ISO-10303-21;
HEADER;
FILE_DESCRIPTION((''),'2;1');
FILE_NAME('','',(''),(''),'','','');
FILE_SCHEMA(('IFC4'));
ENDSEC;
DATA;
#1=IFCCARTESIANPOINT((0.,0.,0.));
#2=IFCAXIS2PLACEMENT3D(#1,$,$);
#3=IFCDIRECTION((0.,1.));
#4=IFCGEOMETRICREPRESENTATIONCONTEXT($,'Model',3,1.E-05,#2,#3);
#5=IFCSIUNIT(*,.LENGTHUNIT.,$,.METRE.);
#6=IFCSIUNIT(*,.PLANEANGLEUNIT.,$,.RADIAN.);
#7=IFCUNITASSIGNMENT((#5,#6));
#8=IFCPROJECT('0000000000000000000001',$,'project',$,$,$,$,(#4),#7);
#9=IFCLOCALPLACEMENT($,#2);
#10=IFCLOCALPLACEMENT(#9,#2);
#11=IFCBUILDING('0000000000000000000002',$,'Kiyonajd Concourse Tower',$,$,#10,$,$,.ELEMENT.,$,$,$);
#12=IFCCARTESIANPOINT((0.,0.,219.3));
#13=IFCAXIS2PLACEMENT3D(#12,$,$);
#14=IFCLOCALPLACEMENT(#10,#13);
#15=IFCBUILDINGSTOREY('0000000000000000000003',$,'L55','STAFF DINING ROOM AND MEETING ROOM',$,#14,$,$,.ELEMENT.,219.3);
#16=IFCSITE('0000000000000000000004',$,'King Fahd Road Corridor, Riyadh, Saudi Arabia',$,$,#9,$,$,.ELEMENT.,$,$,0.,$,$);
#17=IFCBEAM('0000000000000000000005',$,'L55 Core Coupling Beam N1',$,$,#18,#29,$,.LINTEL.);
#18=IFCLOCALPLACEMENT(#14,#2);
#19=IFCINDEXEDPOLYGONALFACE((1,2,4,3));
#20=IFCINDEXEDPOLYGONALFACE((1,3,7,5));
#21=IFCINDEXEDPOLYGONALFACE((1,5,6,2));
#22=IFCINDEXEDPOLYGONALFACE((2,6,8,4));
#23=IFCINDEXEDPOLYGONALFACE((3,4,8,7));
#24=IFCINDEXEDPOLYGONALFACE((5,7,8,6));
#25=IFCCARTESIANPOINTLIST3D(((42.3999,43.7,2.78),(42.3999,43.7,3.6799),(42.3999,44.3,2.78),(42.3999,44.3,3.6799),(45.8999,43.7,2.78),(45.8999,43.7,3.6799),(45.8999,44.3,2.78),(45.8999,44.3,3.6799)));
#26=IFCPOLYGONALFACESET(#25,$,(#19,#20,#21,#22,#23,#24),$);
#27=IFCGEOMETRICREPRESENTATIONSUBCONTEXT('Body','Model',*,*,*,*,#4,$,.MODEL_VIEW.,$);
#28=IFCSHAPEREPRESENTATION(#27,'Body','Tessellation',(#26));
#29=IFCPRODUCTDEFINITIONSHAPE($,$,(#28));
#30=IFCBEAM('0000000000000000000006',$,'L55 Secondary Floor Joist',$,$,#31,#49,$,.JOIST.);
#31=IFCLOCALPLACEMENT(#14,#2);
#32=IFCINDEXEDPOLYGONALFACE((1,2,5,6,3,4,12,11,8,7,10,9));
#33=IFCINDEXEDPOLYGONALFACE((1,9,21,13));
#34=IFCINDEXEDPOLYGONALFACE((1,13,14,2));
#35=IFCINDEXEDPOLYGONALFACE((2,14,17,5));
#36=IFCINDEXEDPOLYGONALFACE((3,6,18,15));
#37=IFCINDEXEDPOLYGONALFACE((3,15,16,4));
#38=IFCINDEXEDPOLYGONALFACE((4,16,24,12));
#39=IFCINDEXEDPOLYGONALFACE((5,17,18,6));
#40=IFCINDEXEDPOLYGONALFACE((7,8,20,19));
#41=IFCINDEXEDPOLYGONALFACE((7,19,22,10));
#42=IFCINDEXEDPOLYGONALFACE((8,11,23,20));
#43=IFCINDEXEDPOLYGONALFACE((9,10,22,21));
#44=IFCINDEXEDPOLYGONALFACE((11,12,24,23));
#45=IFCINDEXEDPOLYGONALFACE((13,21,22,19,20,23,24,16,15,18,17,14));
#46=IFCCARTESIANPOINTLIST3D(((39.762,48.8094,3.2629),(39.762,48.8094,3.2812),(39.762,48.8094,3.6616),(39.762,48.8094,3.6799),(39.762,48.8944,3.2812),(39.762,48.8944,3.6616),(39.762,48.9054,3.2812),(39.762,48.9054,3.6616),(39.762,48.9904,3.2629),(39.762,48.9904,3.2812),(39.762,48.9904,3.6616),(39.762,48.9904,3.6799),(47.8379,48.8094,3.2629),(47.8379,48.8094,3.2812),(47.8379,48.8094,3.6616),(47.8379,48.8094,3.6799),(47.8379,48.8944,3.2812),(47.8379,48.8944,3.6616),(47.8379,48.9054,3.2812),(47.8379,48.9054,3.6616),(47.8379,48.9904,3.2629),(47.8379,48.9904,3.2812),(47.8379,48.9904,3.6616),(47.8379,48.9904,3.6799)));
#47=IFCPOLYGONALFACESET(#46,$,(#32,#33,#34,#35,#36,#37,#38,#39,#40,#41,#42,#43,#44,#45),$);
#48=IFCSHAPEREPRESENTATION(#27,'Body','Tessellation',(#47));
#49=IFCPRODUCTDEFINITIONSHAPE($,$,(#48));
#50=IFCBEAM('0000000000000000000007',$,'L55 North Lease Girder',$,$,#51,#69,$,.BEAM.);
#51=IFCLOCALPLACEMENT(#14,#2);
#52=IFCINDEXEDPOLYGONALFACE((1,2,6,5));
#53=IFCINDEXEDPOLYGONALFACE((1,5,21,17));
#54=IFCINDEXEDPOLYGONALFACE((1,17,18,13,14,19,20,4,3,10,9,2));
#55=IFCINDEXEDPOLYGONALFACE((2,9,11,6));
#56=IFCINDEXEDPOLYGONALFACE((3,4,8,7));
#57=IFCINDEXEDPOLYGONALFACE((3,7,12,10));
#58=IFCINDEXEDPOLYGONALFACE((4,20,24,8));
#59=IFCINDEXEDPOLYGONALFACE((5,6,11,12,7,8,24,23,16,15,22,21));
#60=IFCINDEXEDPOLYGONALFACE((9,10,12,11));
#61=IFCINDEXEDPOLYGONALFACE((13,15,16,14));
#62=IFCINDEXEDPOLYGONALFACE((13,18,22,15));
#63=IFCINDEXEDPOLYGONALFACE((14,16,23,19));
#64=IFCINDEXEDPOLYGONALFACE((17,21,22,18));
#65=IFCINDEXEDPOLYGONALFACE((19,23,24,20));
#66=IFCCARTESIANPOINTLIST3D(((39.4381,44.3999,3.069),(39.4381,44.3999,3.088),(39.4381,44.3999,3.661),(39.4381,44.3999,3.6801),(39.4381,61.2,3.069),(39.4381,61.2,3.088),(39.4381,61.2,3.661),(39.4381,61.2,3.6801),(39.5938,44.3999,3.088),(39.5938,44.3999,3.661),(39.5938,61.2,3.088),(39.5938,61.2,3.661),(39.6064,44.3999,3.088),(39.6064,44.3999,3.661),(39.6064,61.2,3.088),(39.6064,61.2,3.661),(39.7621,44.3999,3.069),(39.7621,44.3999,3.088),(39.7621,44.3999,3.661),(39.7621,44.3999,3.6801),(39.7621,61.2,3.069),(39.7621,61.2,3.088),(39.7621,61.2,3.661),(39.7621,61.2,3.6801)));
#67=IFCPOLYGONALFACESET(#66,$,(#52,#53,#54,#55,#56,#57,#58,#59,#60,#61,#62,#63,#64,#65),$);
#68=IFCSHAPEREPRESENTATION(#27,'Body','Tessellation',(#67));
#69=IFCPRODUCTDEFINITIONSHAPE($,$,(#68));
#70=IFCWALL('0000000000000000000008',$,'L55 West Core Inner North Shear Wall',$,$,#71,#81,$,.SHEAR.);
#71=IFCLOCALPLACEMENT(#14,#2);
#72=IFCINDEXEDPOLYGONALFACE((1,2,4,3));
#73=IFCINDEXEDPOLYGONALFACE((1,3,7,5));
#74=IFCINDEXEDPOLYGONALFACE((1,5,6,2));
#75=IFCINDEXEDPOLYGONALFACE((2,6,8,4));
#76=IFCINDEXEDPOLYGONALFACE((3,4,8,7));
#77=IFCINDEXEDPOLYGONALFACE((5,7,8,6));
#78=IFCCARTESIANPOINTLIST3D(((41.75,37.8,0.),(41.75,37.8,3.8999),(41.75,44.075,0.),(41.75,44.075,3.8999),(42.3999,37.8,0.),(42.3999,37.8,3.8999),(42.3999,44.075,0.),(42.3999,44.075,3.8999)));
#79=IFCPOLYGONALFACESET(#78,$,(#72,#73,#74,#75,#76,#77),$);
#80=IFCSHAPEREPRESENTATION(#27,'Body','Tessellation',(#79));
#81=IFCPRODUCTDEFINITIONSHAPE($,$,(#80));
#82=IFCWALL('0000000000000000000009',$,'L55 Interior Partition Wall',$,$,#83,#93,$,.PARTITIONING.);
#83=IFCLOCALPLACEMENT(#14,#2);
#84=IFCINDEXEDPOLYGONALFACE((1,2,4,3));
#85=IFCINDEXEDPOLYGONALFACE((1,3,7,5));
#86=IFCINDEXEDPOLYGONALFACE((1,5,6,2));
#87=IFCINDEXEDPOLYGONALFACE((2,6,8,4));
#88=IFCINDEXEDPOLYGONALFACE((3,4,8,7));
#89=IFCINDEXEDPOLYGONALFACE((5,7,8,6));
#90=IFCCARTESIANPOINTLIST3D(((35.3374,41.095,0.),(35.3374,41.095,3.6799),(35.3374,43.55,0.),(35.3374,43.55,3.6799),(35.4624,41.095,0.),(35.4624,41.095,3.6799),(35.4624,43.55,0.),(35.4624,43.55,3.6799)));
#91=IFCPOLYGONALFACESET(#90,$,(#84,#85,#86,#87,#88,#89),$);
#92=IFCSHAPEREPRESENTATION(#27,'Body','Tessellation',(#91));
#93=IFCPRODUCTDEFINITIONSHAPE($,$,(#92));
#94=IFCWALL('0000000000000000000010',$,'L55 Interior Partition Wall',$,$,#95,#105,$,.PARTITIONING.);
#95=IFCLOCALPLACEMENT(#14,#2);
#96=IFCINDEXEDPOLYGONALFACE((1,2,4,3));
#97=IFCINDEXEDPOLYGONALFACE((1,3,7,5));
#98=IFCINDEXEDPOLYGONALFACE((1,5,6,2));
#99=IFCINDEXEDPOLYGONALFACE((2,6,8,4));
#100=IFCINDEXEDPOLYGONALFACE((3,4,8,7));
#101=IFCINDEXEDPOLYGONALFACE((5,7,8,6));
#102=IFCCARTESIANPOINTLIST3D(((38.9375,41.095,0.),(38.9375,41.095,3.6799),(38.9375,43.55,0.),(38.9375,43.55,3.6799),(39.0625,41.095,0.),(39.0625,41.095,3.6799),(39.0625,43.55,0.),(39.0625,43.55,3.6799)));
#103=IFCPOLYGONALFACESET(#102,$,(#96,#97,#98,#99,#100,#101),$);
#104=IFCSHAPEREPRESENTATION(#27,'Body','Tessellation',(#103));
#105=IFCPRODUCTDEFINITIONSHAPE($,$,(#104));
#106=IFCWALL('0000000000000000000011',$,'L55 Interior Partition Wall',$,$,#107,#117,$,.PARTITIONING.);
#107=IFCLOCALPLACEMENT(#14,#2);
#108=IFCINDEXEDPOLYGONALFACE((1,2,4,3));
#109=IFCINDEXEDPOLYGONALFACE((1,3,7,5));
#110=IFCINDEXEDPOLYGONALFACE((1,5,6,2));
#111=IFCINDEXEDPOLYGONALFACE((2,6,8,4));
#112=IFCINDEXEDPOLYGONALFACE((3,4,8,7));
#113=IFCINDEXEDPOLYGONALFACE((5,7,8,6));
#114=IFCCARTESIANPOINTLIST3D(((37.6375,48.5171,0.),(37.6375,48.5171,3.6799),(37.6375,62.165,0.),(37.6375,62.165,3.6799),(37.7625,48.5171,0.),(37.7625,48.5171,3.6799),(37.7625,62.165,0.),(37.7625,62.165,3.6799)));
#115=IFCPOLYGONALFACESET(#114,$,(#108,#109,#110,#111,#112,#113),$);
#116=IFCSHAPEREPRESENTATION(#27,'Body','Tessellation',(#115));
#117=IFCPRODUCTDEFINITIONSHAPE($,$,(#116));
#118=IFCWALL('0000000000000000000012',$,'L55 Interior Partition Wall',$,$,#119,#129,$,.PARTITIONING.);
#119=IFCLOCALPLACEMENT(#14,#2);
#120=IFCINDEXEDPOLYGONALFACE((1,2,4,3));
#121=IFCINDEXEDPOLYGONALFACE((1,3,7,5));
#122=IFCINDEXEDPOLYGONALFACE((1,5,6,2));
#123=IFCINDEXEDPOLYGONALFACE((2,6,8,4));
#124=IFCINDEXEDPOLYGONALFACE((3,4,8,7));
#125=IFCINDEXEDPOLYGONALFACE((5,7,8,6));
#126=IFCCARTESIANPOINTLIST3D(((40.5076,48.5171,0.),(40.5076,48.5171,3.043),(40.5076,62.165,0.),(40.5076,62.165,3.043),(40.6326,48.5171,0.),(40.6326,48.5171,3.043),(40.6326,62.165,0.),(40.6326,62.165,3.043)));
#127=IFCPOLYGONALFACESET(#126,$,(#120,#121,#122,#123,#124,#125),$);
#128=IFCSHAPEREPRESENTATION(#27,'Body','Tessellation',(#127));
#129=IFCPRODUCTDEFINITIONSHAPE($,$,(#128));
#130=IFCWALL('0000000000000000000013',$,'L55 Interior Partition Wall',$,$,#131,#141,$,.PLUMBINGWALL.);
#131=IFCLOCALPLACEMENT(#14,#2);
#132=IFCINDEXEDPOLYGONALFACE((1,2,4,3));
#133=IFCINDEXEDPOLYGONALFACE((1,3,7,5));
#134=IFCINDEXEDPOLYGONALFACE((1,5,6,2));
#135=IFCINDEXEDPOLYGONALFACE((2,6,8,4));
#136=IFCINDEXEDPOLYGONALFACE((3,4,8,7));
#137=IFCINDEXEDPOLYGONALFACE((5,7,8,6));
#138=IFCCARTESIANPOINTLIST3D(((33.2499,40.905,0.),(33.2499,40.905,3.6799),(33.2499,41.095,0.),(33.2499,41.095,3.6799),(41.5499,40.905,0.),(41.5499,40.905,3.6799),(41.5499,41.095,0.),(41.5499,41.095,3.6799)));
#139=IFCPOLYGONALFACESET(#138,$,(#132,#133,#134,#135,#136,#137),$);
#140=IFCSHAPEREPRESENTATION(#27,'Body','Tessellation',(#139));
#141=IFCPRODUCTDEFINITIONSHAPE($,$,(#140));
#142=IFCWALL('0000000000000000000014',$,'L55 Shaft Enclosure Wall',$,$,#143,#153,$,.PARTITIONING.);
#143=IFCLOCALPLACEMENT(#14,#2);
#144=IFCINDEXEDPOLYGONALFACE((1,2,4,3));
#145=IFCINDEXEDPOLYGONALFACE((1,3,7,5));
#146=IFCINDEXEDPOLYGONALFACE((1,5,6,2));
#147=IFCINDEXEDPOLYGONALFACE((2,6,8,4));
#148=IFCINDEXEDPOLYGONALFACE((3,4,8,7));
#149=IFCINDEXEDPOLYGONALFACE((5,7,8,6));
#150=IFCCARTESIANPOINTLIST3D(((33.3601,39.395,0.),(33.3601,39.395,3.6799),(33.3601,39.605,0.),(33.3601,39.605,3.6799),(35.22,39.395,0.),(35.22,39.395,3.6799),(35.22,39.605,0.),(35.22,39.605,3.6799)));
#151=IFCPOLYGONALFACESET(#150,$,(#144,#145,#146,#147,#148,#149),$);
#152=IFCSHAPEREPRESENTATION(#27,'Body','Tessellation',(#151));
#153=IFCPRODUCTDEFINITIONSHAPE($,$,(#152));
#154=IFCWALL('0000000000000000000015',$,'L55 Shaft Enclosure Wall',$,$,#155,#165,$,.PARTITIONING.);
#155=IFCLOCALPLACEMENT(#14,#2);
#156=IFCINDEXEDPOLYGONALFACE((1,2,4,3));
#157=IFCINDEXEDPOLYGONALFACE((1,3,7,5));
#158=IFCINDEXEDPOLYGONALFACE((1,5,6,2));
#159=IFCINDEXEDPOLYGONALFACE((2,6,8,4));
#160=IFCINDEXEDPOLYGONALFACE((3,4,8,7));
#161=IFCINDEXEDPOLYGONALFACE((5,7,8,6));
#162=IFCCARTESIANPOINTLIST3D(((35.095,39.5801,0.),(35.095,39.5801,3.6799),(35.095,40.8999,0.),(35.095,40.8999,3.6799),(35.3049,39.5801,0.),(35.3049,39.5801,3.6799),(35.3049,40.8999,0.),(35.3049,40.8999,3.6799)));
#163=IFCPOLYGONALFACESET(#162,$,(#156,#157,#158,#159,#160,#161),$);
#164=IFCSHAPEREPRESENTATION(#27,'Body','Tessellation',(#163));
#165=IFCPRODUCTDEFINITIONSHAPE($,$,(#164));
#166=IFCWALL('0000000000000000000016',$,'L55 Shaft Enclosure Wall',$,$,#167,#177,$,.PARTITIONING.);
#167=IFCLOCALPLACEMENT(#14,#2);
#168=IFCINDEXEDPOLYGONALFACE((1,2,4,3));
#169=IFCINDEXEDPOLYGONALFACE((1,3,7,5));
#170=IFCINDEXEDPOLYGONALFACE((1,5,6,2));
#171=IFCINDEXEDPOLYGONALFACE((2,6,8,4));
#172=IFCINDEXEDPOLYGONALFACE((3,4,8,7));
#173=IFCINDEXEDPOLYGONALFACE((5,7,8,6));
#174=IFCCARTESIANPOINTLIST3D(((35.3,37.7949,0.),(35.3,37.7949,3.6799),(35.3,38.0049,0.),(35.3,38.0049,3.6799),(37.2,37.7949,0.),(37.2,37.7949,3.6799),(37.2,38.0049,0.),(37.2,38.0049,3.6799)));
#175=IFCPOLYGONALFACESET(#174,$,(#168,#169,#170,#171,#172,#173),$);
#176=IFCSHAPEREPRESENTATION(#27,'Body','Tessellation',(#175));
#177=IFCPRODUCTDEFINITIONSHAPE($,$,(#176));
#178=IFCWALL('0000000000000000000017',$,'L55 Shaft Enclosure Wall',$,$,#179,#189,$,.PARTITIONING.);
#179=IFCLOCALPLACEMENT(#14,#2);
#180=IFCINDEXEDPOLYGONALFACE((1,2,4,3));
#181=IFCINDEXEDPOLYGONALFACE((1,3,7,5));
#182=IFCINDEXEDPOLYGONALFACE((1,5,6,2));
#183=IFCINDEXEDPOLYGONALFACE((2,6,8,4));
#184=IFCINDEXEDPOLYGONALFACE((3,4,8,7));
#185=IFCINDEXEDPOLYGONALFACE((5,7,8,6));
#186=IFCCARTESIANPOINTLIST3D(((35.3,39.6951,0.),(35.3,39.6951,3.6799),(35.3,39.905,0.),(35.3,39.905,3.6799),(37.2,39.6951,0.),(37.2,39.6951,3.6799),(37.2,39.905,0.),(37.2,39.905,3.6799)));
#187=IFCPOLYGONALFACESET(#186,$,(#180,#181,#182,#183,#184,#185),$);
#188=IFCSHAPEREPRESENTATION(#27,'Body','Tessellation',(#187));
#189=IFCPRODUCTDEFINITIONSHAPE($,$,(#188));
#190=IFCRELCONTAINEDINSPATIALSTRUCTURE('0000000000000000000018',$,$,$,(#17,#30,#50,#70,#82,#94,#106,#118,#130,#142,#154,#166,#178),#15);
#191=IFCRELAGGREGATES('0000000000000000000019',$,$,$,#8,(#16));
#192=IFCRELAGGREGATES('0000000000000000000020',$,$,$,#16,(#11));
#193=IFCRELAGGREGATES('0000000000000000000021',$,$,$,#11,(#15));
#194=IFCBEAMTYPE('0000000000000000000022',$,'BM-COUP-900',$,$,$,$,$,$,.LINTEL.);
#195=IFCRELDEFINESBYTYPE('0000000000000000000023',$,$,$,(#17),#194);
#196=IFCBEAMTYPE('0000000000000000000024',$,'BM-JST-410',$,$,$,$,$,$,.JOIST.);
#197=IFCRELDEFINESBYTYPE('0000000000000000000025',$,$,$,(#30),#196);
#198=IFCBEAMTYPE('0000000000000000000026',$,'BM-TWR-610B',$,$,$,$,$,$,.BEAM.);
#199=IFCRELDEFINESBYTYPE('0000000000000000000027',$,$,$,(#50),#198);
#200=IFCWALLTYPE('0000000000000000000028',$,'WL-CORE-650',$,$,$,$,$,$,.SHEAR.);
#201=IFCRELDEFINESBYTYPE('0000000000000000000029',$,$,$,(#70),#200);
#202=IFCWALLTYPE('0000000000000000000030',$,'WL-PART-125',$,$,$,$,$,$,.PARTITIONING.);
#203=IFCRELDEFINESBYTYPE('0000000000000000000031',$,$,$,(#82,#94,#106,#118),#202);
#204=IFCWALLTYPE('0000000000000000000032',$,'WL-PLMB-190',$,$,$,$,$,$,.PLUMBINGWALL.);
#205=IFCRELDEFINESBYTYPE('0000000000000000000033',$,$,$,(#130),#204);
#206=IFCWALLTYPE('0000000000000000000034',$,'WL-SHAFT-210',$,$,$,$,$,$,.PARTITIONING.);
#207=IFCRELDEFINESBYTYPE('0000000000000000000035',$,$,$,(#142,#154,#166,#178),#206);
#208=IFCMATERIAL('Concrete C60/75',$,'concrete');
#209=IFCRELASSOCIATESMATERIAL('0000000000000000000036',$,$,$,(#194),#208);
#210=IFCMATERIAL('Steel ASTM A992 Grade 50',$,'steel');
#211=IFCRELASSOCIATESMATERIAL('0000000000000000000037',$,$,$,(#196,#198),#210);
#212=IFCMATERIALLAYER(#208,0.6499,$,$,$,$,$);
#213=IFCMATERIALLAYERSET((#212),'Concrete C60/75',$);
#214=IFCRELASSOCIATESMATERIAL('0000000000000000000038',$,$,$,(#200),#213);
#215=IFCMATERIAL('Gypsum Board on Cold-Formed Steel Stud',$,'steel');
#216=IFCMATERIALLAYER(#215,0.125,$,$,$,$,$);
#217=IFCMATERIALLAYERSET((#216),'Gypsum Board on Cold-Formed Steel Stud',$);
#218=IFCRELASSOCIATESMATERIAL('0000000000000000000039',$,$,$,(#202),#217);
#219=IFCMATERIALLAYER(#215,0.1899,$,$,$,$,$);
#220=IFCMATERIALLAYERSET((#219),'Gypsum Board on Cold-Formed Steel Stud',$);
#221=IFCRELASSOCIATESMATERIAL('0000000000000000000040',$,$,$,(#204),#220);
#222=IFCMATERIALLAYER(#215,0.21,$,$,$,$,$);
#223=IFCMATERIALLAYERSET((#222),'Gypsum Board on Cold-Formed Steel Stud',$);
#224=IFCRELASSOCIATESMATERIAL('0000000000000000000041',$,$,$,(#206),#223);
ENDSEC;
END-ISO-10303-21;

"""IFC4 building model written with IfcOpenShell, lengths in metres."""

from ifc_helpers import new_model, si_unit, direction, frame, frame_2d, origin, origin_2d, place, context, subcontext, project, spatial, rectangle, i_section, extrude, material, layer, layer_set, material_profile, profile_set, type_object, element, save


model = new_model("IFC4")

# Units and contexts
model_context = context("Model", 3, precision=1e-05, world=origin(), true_north=direction((0.0, 1.0)))
body_context = subcontext(model_context, "Body", "Model", "MODEL_VIEW")
ifc_project = project(units=[si_unit("LENGTHUNIT", "METRE"), si_unit("PLANEANGLEUNIT", "RADIAN")], contexts=[model_context])

# Site, building, storey
site_placement = place(None, origin())
site = spatial("IfcSite", under=ifc_project, at=site_placement, Name="King Fahd Road Corridor, Riyadh, Saudi Arabia", CompositionType="ELEMENT", RefElevation=0.0)
building_placement = place(site_placement, origin())
building = spatial("IfcBuilding", under=site, at=building_placement, Name="Kiyonajd Concourse Tower", CompositionType="ELEMENT")
storey_placement = place(building_placement, frame((0.0, 0.0, 219.3)))
storey = spatial("IfcBuildingStorey", under=building, at=storey_placement, Name="L55", Description="STAFF DINING ROOM AND MEETING ROOM", CompositionType="ELEMENT", Elevation=219.3)

# Beams
ifc_material_1 = material(Name="Concrete C60/75", Category="concrete")
ifc_material_profile_1 = material_profile(ifc_material_1, rectangle(XDim=0.6001, YDim=0.8999, at=origin_2d()), Name="RCBM-600x900")
ifc_profile_set_1 = profile_set([ifc_material_profile_1], Name="Concrete C60/75")
beam_type_1 = type_object("IfcBeamType", Name="BM-COUP-900", PredefinedType="LINTEL", material=ifc_profile_set_1)
beam_1_placement = place(storey_placement, frame((42.3999, 44.0, 3.23), z_axis=(1.0, 0.0, 0.0), x_axis=(0.0, 1.0, 0.0)))
element("IfcBeam", 1, at=beam_1_placement, inside=storey, type_object=beam_type_1, Name="L55 Core Coupling Beam N1", PredefinedType="LINTEL", context=body_context, shape_type="SweptSolid", body=[
    extrude(rectangle(XDim=0.6001, YDim=0.8999, at=origin_2d()), origin(), (0.0, 0.0, 1.0), 3.5),
])
ifc_material_2 = material(Name="Steel ASTM A992 Grade 50", Category="steel")
ifc_material_profile_2 = material_profile(ifc_material_2, i_section(OverallWidth=0.1809, OverallDepth=0.417, WebThickness=0.011, FlangeThickness=0.0183, at=origin_2d()), Name="W410X85")
ifc_profile_set_2 = profile_set([ifc_material_profile_2], Name="Steel ASTM A992 Grade 50")
beam_type_2 = type_object("IfcBeamType", Name="BM-JST-410", PredefinedType="JOIST", material=ifc_profile_set_2)
beam_2_placement = place(storey_placement, frame((39.762, 48.8999, 3.4714), z_axis=(1.0, 0.0, 0.0), x_axis=(0.0, 1.0, 0.0)))
element("IfcBeam", 2, at=beam_2_placement, inside=storey, type_object=beam_type_2, Name="L55 Secondary Floor Joist", PredefinedType="JOIST", context=body_context, shape_type="SweptSolid", body=[
    extrude(i_section(OverallWidth=0.1809, OverallDepth=0.417, WebThickness=0.011, FlangeThickness=0.0183, at=origin_2d()), origin(), (0.0, 0.0, 1.0), 8.0759),
])
ifc_material_profile_3 = material_profile(ifc_material_2, i_section(OverallWidth=0.324, OverallDepth=0.6111, WebThickness=0.0127, FlangeThickness=0.019, at=origin_2d()), Name="W610X155")
ifc_profile_set_3 = profile_set([ifc_material_profile_3], Name="Steel ASTM A992 Grade 50")
beam_type_3 = type_object("IfcBeamType", Name="BM-TWR-610B", PredefinedType="BEAM", material=ifc_profile_set_3)
beam_3_placement = place(storey_placement, frame((39.6001, 44.3999, 3.3745), z_axis=(0.0, 1.0, 0.0), x_axis=(-1.0, 0.0, 0.0)))
element("IfcBeam", 3, at=beam_3_placement, inside=storey, type_object=beam_type_3, Name="L55 North Lease Girder", PredefinedType="BEAM", context=body_context, shape_type="SweptSolid", body=[
    extrude(i_section(OverallWidth=0.324, OverallDepth=0.6111, WebThickness=0.0127, FlangeThickness=0.019, at=origin_2d()), origin(), (0.0, 0.0, 1.0), 16.8),
])

# Walls
ifc_layer_1 = layer(ifc_material_1, 0.6499)
ifc_layer_set_1 = layer_set([ifc_layer_1], Name="Concrete C60/75")
wall_type_1 = type_object("IfcWallType", Name="WL-CORE-650", PredefinedType="SHEAR", material=ifc_layer_set_1)
wall_1_placement = place(storey_placement, frame((42.075, 37.8, 0.0), z_axis=(0.0, 0.0, 1.0), x_axis=(0.0, 1.0, 0.0)))
element("IfcWall", 4, at=wall_1_placement, inside=storey, type_object=wall_type_1, Name="L55 West Core Inner North Shear Wall", PredefinedType="SHEAR", context=body_context, shape_type="SweptSolid", body=[
    extrude(rectangle(XDim=6.2749, YDim=0.6499, at=frame_2d((3.1375, 0.0))), origin(), (0.0, 0.0, 1.0), 3.8999),
])
ifc_material_3 = material(Name="Gypsum Board on Cold-Formed Steel Stud", Category="steel")
ifc_layer_2 = layer(ifc_material_3, 0.125)
ifc_layer_set_2 = layer_set([ifc_layer_2], Name="Gypsum Board on Cold-Formed Steel Stud")
wall_type_2 = type_object("IfcWallType", Name="WL-PART-125", PredefinedType="PARTITIONING", material=ifc_layer_set_2)
for number, where, z_axis, x_axis, name in (
    (5, (35.3999, 41.095, 0.0), (0.0, 0.0, 1.0), (0.0, 1.0, 0.0), "L55 Interior Partition Wall"),
    (6, (39.0, 41.095, 0.0), (0.0, 0.0, 1.0), (0.0, 1.0, 0.0), "L55 Interior Partition Wall"),
):
    element("IfcWall", number, at=place(storey_placement, frame(where, z_axis=z_axis, x_axis=x_axis)), inside=storey, type_object=wall_type_2, Name=name, PredefinedType="PARTITIONING", context=body_context, shape_type="SweptSolid", body=[
        extrude(rectangle(XDim=2.4551, YDim=0.125, at=frame_2d((1.2275, 0.0))), origin(), (0.0, 0.0, 1.0), 3.6799),
    ])
wall_2_placement = place(storey_placement, frame((37.7, 48.5171, 0.0), z_axis=(0.0, 0.0, 1.0), x_axis=(0.0, 1.0, 0.0)))
element("IfcWall", 7, at=wall_2_placement, inside=storey, type_object=wall_type_2, Name="L55 Interior Partition Wall", PredefinedType="PARTITIONING", context=body_context, shape_type="SweptSolid", body=[
    extrude(rectangle(XDim=13.6479, YDim=0.125, at=frame_2d((6.824, 0.0))), origin(), (0.0, 0.0, 1.0), 3.6799),
])
wall_3_placement = place(storey_placement, frame((40.5701, 48.5171, 0.0), z_axis=(0.0, 0.0, 1.0), x_axis=(0.0, 1.0, 0.0)))
element("IfcWall", 8, at=wall_3_placement, inside=storey, type_object=wall_type_2, Name="L55 Interior Partition Wall", PredefinedType="PARTITIONING", context=body_context, shape_type="SweptSolid", body=[
    extrude(rectangle(XDim=13.6479, YDim=0.125, at=frame_2d((6.824, 0.0))), origin(), (0.0, 0.0, 1.0), 3.043),
])
ifc_layer_3 = layer(ifc_material_3, 0.1899)
ifc_layer_set_3 = layer_set([ifc_layer_3], Name="Gypsum Board on Cold-Formed Steel Stud")
wall_type_3 = type_object("IfcWallType", Name="WL-PLMB-190", PredefinedType="PLUMBINGWALL", material=ifc_layer_set_3)
wall_4_placement = place(storey_placement, frame((33.25, 41.0, 0.0), z_axis=(0.0, 0.0, 1.0), x_axis=(1.0, 0.0, 0.0)))
element("IfcWall", 9, at=wall_4_placement, inside=storey, type_object=wall_type_3, Name="L55 Interior Partition Wall", PredefinedType="PLUMBINGWALL", context=body_context, shape_type="SweptSolid", body=[
    extrude(rectangle(XDim=8.3, YDim=0.1899, at=frame_2d((4.1499, 0.0))), origin(), (0.0, 0.0, 1.0), 3.6799),
])
ifc_layer_4 = layer(ifc_material_3, 0.21)
ifc_layer_set_4 = layer_set([ifc_layer_4], Name="Gypsum Board on Cold-Formed Steel Stud")
wall_type_4 = type_object("IfcWallType", Name="WL-SHAFT-210", PredefinedType="PARTITIONING", material=ifc_layer_set_4)
wall_5_placement = place(storey_placement, frame((33.3601, 39.5, 0.0), z_axis=(0.0, 0.0, 1.0), x_axis=(1.0, 0.0, 0.0)))
element("IfcWall", 10, at=wall_5_placement, inside=storey, type_object=wall_type_4, Name="L55 Shaft Enclosure Wall", PredefinedType="PARTITIONING", context=body_context, shape_type="SweptSolid", body=[
    extrude(rectangle(XDim=1.8599, YDim=0.21, at=frame_2d((0.9299, 0.0))), origin(), (0.0, 0.0, 1.0), 3.6799),
])
wall_6_placement = place(storey_placement, frame((35.2, 39.5801, 0.0), z_axis=(0.0, 0.0, 1.0), x_axis=(0.0, 1.0, 0.0)))
element("IfcWall", 11, at=wall_6_placement, inside=storey, type_object=wall_type_4, Name="L55 Shaft Enclosure Wall", PredefinedType="PARTITIONING", context=body_context, shape_type="SweptSolid", body=[
    extrude(rectangle(XDim=1.3198, YDim=0.21, at=frame_2d((0.6599, 0.0))), origin(), (0.0, 0.0, 1.0), 3.6799),
])
for number, where, z_axis, x_axis, name in (
    (12, (35.3, 37.8999, 0.0), (0.0, 0.0, 1.0), (1.0, 0.0, 0.0), "L55 Shaft Enclosure Wall"),
    (13, (35.3, 39.8, 0.0), (0.0, 0.0, 1.0), (1.0, 0.0, 0.0), "L55 Shaft Enclosure Wall"),
):
    element("IfcWall", number, at=place(storey_placement, frame(where, z_axis=z_axis, x_axis=x_axis)), inside=storey, type_object=wall_type_4, Name=name, PredefinedType="PARTITIONING", context=body_context, shape_type="SweptSolid", body=[
        extrude(rectangle(XDim=1.8999, YDim=0.21, at=frame_2d((0.95, 0.0))), origin(), (0.0, 0.0, 1.0), 3.6799),
    ])

save(model, "model.ifc")
